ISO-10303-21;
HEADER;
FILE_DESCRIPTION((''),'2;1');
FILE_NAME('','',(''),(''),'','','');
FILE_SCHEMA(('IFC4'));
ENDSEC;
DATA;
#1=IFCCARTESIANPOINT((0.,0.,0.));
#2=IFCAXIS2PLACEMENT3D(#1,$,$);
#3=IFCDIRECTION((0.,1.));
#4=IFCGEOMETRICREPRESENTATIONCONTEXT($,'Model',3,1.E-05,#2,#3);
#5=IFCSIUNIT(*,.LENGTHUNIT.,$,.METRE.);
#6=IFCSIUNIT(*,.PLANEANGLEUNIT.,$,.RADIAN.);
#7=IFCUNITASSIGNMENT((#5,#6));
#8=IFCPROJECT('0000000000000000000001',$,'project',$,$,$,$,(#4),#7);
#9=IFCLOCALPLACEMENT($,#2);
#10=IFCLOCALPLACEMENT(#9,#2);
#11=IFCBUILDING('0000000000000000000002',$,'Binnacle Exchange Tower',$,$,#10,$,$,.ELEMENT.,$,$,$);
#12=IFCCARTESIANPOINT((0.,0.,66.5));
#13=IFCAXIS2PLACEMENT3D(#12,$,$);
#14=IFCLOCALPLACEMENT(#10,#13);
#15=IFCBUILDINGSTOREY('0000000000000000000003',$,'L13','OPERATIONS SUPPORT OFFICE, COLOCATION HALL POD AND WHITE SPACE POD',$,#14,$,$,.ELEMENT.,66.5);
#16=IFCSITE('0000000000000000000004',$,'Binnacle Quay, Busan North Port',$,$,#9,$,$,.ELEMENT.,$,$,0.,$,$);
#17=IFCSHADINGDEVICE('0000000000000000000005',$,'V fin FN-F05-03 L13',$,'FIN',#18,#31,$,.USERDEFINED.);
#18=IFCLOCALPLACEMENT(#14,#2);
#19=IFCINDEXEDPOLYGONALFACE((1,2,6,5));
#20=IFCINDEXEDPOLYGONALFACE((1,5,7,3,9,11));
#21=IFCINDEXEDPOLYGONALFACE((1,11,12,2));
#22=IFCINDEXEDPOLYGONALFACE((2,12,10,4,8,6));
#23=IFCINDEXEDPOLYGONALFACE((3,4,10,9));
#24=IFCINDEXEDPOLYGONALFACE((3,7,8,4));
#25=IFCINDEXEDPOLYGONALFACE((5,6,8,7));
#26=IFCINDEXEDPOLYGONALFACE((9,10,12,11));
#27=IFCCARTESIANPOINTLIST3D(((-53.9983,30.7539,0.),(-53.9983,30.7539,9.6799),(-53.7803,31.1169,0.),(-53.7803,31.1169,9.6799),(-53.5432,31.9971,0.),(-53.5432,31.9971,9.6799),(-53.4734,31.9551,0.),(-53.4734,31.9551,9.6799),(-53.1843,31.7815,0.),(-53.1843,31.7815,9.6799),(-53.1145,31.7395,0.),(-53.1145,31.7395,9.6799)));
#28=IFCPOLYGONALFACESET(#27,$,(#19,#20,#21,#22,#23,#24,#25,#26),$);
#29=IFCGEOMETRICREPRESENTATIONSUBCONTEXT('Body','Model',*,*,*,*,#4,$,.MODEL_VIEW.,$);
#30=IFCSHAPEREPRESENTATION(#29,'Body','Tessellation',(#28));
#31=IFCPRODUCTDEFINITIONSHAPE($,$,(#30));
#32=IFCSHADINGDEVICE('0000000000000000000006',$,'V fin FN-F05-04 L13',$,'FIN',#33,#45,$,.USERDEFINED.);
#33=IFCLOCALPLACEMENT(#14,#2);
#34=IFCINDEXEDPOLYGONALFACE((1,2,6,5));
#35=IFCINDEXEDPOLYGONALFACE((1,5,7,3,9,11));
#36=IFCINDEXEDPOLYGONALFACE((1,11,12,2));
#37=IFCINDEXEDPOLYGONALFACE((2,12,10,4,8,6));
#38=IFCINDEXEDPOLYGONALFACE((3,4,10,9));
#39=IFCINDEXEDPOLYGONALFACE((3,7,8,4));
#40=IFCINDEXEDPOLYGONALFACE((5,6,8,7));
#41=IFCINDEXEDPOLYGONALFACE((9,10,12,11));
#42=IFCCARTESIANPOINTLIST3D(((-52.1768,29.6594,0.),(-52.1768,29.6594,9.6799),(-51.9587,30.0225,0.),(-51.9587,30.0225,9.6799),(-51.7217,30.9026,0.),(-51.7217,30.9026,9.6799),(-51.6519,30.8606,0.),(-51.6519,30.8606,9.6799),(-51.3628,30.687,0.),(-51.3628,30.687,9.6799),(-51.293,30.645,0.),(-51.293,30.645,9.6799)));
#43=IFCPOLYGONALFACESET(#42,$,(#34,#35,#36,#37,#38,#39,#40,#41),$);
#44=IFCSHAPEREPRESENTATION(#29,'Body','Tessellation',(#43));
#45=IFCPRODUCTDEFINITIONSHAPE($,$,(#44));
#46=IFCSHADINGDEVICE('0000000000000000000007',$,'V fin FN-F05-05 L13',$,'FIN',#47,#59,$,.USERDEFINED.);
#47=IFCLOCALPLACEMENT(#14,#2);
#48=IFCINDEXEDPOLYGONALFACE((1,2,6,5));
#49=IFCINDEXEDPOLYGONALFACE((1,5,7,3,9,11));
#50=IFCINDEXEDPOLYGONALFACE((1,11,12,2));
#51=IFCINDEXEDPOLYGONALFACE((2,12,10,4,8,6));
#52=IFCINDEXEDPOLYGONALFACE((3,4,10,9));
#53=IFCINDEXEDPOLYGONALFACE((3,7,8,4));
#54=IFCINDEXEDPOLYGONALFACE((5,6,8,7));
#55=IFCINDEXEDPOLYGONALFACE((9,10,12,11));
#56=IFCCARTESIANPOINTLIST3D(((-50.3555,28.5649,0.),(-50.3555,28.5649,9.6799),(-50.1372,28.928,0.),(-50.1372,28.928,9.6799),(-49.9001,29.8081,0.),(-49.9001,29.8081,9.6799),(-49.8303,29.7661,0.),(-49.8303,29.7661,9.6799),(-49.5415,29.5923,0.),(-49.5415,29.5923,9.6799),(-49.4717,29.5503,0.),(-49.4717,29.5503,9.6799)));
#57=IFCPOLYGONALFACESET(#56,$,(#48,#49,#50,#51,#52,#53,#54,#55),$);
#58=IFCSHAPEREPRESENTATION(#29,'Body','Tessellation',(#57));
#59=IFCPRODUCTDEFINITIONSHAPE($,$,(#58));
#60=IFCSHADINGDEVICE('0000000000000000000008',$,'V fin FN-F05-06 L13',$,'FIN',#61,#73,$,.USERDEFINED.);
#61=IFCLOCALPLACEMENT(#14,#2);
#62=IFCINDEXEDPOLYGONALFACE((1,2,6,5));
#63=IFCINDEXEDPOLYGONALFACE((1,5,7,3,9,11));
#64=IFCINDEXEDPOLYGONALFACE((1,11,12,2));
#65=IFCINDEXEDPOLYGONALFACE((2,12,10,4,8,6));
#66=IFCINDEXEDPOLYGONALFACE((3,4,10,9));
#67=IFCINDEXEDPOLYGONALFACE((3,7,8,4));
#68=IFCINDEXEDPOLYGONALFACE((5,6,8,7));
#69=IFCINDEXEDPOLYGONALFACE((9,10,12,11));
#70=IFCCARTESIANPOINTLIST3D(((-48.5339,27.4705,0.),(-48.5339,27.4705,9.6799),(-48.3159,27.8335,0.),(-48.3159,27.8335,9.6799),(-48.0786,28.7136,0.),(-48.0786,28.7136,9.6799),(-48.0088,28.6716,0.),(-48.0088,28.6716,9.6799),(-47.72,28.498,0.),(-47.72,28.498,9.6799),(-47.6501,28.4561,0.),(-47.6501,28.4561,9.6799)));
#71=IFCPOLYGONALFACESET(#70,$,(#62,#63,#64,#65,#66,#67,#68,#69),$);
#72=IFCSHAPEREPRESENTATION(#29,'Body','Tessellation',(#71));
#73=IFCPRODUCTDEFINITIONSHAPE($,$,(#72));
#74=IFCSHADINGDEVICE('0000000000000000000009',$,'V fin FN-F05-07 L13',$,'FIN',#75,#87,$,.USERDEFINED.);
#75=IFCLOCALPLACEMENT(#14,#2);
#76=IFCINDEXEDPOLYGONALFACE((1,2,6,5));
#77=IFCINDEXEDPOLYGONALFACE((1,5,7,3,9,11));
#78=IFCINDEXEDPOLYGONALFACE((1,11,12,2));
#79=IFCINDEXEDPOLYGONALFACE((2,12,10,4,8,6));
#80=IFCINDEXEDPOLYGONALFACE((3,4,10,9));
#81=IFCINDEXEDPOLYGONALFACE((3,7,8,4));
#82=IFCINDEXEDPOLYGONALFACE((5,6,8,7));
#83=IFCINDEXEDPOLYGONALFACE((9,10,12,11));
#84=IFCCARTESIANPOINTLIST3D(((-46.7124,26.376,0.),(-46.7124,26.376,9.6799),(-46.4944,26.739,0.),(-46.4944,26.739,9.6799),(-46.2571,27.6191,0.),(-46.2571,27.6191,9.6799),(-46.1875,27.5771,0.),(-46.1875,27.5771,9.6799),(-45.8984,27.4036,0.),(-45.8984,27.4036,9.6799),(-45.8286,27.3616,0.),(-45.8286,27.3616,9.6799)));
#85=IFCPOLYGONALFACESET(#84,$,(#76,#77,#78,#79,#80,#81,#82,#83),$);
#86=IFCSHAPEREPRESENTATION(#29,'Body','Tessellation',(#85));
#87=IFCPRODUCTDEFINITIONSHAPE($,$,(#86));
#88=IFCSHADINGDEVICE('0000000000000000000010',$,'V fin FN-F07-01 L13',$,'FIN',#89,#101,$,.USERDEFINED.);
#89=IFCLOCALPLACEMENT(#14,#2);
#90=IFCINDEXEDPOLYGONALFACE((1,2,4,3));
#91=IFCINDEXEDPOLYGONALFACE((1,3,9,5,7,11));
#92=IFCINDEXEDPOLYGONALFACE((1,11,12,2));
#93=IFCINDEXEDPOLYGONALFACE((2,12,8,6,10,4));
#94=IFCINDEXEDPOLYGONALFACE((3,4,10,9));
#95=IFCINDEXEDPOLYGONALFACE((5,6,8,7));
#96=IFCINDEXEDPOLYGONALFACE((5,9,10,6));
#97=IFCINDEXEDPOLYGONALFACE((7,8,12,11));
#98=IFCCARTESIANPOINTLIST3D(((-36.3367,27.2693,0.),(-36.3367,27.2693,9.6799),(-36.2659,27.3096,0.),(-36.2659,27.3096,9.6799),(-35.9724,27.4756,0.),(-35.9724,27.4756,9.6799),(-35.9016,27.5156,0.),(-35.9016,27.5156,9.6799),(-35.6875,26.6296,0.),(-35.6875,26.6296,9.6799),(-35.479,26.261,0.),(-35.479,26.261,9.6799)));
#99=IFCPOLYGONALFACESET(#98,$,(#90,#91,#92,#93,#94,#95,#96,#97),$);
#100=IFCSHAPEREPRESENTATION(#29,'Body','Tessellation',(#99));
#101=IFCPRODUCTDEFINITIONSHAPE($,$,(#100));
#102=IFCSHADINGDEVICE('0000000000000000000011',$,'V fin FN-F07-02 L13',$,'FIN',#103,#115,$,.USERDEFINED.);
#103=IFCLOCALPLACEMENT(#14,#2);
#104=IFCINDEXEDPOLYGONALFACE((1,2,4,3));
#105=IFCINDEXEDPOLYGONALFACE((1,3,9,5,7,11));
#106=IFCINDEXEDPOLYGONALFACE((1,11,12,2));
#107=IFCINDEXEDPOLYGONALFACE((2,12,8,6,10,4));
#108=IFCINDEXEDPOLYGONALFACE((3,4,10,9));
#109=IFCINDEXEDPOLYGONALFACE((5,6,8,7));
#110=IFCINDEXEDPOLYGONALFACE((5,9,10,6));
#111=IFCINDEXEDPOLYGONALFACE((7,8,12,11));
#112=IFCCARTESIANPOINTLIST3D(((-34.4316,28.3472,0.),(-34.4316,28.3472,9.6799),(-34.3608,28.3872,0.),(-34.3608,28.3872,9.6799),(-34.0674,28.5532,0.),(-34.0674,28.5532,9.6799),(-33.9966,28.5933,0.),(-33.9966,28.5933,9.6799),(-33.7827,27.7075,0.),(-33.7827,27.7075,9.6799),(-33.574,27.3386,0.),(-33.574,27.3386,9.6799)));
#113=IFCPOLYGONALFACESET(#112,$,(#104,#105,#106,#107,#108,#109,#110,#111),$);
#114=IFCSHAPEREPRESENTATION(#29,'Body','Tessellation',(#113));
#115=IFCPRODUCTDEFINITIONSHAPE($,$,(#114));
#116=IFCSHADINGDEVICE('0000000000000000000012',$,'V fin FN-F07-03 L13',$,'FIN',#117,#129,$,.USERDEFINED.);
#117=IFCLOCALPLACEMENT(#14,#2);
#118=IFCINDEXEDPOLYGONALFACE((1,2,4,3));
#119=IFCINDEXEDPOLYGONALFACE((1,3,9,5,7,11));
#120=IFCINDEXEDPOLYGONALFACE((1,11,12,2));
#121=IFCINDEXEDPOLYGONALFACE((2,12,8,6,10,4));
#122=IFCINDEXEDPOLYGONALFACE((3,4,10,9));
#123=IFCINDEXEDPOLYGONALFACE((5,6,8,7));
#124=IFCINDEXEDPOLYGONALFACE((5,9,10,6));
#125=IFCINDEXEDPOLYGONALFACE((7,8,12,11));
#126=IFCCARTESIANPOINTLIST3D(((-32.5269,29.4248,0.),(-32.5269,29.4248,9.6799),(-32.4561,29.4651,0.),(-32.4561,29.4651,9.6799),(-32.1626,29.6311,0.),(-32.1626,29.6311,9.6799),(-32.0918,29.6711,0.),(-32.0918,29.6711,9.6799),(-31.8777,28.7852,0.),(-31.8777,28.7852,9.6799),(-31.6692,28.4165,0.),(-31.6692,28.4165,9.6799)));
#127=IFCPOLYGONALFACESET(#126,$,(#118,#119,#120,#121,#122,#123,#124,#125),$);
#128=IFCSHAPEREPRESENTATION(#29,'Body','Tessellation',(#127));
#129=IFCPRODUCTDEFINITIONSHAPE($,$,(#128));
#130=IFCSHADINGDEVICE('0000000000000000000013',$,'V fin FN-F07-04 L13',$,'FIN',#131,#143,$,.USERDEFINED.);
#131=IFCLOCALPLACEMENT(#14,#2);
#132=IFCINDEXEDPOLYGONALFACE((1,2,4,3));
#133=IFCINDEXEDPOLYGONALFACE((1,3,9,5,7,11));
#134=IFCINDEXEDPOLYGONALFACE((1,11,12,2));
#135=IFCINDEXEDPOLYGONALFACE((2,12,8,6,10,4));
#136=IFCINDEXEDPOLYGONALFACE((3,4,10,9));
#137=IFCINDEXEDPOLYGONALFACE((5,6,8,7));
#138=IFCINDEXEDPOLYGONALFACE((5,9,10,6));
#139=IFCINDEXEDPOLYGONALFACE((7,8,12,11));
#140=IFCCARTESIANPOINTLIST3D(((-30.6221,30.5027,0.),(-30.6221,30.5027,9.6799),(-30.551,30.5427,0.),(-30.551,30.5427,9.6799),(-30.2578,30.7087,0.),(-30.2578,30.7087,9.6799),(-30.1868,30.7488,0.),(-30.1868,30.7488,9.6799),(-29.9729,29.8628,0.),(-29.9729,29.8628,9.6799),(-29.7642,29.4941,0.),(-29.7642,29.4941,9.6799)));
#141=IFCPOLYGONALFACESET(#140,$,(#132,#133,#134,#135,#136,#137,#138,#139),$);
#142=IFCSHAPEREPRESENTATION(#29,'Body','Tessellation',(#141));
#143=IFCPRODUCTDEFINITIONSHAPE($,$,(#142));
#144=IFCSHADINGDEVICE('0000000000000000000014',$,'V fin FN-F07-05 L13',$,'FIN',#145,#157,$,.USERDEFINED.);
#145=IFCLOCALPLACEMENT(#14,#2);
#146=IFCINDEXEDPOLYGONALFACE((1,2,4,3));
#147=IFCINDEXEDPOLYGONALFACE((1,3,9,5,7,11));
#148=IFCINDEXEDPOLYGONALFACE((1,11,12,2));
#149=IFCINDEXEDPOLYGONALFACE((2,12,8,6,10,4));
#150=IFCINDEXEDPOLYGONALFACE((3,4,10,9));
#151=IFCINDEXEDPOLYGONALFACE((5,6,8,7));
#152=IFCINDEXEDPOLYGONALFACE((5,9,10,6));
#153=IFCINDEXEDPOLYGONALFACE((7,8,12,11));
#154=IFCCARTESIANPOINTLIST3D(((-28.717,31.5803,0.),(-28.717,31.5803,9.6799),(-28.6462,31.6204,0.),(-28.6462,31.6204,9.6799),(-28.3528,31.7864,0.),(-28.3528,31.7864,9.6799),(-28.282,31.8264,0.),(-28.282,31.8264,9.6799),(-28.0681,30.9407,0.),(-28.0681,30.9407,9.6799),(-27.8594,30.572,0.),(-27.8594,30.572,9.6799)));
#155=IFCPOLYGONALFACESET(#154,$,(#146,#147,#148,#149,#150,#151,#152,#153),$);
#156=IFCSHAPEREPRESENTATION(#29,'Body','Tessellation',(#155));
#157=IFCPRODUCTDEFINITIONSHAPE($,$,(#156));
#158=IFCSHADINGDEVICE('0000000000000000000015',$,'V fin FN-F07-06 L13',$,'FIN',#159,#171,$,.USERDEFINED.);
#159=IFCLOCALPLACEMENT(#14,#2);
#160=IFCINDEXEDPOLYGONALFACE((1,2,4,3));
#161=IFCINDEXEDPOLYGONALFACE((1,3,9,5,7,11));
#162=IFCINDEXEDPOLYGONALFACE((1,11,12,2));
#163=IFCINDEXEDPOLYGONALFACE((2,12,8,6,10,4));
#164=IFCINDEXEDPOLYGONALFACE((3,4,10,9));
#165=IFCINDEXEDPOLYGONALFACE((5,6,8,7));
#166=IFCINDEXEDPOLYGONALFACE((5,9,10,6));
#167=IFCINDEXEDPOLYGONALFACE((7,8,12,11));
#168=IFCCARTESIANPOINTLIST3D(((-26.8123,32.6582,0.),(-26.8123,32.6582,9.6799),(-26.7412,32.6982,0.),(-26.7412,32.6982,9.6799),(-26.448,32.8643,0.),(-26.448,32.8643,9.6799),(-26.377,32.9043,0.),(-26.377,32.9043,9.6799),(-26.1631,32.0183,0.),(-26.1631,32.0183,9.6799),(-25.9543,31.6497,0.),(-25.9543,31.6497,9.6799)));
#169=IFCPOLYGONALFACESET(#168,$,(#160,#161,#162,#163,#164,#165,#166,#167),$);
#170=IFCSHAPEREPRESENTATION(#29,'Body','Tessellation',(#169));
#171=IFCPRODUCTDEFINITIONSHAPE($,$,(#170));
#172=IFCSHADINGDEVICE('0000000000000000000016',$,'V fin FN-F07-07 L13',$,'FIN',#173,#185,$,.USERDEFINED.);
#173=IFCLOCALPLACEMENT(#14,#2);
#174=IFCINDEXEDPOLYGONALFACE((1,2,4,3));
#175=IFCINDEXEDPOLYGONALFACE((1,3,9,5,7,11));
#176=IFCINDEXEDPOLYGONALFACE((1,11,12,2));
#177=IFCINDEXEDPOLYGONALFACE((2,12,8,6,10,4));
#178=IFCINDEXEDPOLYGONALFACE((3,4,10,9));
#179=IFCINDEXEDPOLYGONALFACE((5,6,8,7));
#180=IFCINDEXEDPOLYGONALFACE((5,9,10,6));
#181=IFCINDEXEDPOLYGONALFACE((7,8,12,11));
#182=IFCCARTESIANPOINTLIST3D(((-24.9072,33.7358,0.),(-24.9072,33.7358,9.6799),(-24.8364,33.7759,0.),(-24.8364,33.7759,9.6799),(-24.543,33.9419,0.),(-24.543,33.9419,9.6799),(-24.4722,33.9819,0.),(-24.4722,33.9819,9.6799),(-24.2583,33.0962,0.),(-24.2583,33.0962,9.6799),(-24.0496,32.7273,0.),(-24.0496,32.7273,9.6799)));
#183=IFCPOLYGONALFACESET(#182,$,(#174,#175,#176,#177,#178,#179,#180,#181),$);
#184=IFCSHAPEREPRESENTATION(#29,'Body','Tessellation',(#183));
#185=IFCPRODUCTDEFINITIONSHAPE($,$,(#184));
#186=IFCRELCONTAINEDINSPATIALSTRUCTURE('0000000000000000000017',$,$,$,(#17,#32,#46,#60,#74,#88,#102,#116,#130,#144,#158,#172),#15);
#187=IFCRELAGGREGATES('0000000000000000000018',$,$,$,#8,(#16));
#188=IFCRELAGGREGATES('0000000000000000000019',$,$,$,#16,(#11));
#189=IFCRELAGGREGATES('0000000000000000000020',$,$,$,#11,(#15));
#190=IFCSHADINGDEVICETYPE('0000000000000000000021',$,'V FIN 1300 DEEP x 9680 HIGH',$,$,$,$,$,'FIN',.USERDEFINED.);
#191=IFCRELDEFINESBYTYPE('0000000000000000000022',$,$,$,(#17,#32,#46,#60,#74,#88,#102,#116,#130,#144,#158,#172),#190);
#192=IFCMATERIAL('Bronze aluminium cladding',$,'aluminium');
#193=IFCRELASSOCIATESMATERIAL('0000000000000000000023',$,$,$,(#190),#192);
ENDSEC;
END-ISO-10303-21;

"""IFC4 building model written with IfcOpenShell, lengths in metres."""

from ifc_helpers import new_model, si_unit, direction, frame, origin, place, context, subcontext, project, spatial, polyline, outline, extrude, material, type_object, element, save


model = new_model("IFC4")

# Units and contexts
model_context = context("Model", 3, precision=1e-05, world=origin(), true_north=direction((0.0, 1.0)))
body_context = subcontext(model_context, "Body", "Model", "MODEL_VIEW")
ifc_project = project(units=[si_unit("LENGTHUNIT", "METRE"), si_unit("PLANEANGLEUNIT", "RADIAN")], contexts=[model_context])

# Site, building, storey
site_placement = place(None, origin())
site = spatial("IfcSite", under=ifc_project, at=site_placement, Name="Binnacle Quay, Busan North Port", CompositionType="ELEMENT", RefElevation=0.0)
building_placement = place(site_placement, origin())
building = spatial("IfcBuilding", under=site, at=building_placement, Name="Binnacle Exchange Tower", CompositionType="ELEMENT")
storey_placement = place(building_placement, frame((0.0, 0.0, 66.5)))
storey = spatial("IfcBuildingStorey", under=building, at=storey_placement, Name="L13", Description="OPERATIONS SUPPORT OFFICE, COLOCATION HALL POD AND WHITE SPACE POD", CompositionType="ELEMENT", Elevation=66.5)

# Shading devices
ifc_material = material(Name="Bronze aluminium cladding", Category="aluminium")
shading_device_type = type_object("IfcShadingDeviceType", Name="V FIN 1300 DEEP x 9680 HIGH", ElementType="FIN", PredefinedType="USERDEFINED", material=ifc_material)
shading_device_1_placement = place(storey_placement, origin())
element("IfcShadingDevice", 1, at=shading_device_1_placement, inside=storey, type_object=shading_device_type, Name="V fin FN-F05-03 L13", ObjectType="FIN", PredefinedType="USERDEFINED", context=body_context, shape_type="SweptSolid", body=[
    extrude(outline(polyline([(-53.5432, 31.9971), (-53.9983, 30.7539), (-53.1145, 31.7395), (-53.1843, 31.7815), (-53.7803, 31.1169), (-53.4734, 31.9551), (-53.5432, 31.9971)])), origin(), (0.0, 0.0, 1.0), 9.6799),
])
shading_device_2_placement = place(storey_placement, origin())
element("IfcShadingDevice", 2, at=shading_device_2_placement, inside=storey, type_object=shading_device_type, Name="V fin FN-F05-04 L13", ObjectType="FIN", PredefinedType="USERDEFINED", context=body_context, shape_type="SweptSolid", body=[
    extrude(outline(polyline([(-51.7217, 30.9026), (-52.1768, 29.6594), (-51.293, 30.645), (-51.3628, 30.687), (-51.9587, 30.0225), (-51.6519, 30.8606), (-51.7217, 30.9026)])), origin(), (0.0, 0.0, 1.0), 9.6799),
])
shading_device_3_placement = place(storey_placement, origin())
element("IfcShadingDevice", 3, at=shading_device_3_placement, inside=storey, type_object=shading_device_type, Name="V fin FN-F05-05 L13", ObjectType="FIN", PredefinedType="USERDEFINED", context=body_context, shape_type="SweptSolid", body=[
    extrude(outline(polyline([(-49.9001, 29.8081), (-50.3555, 28.5649), (-49.4717, 29.5503), (-49.5415, 29.5923), (-50.1372, 28.928), (-49.8303, 29.7661), (-49.9001, 29.8081)])), origin(), (0.0, 0.0, 1.0), 9.6799),
])
shading_device_4_placement = place(storey_placement, origin())
element("IfcShadingDevice", 4, at=shading_device_4_placement, inside=storey, type_object=shading_device_type, Name="V fin FN-F05-06 L13", ObjectType="FIN", PredefinedType="USERDEFINED", context=body_context, shape_type="SweptSolid", body=[
    extrude(outline(polyline([(-48.0786, 28.7136), (-48.5339, 27.4705), (-47.6501, 28.4561), (-47.72, 28.498), (-48.3159, 27.8335), (-48.0088, 28.6716), (-48.0786, 28.7136)])), origin(), (0.0, 0.0, 1.0), 9.6799),
])
shading_device_5_placement = place(storey_placement, origin())
element("IfcShadingDevice", 5, at=shading_device_5_placement, inside=storey, type_object=shading_device_type, Name="V fin FN-F05-07 L13", ObjectType="FIN", PredefinedType="USERDEFINED", context=body_context, shape_type="SweptSolid", body=[
    extrude(outline(polyline([(-46.2571, 27.6191), (-46.7124, 26.376), (-45.8286, 27.3616), (-45.8984, 27.4036), (-46.4944, 26.739), (-46.1875, 27.5771), (-46.2571, 27.6191)])), origin(), (0.0, 0.0, 1.0), 9.6799),
])
shading_device_6_placement = place(storey_placement, origin())
element("IfcShadingDevice", 6, at=shading_device_6_placement, inside=storey, type_object=shading_device_type, Name="V fin FN-F07-01 L13", ObjectType="FIN", PredefinedType="USERDEFINED", context=body_context, shape_type="SweptSolid", body=[
    extrude(outline(polyline([(-36.3367, 27.2693), (-35.479, 26.261), (-35.9016, 27.5156), (-35.9724, 27.4756), (-35.6875, 26.6296), (-36.2659, 27.3096), (-36.3367, 27.2693)])), origin(), (0.0, 0.0, 1.0), 9.6799),
])
shading_device_7_placement = place(storey_placement, origin())
element("IfcShadingDevice", 7, at=shading_device_7_placement, inside=storey, type_object=shading_device_type, Name="V fin FN-F07-02 L13", ObjectType="FIN", PredefinedType="USERDEFINED", context=body_context, shape_type="SweptSolid", body=[
    extrude(outline(polyline([(-34.4316, 28.3472), (-33.574, 27.3386), (-33.9966, 28.5933), (-34.0674, 28.5532), (-33.7827, 27.7075), (-34.3608, 28.3872), (-34.4316, 28.3472)])), origin(), (0.0, 0.0, 1.0), 9.6799),
])
shading_device_8_placement = place(storey_placement, origin())
element("IfcShadingDevice", 8, at=shading_device_8_placement, inside=storey, type_object=shading_device_type, Name="V fin FN-F07-03 L13", ObjectType="FIN", PredefinedType="USERDEFINED", context=body_context, shape_type="SweptSolid", body=[
    extrude(outline(polyline([(-32.5269, 29.4248), (-31.6692, 28.4165), (-32.0918, 29.6711), (-32.1626, 29.6311), (-31.8777, 28.7852), (-32.4561, 29.4651), (-32.5269, 29.4248)])), origin(), (0.0, 0.0, 1.0), 9.6799),
])
shading_device_9_placement = place(storey_placement, origin())
element("IfcShadingDevice", 9, at=shading_device_9_placement, inside=storey, type_object=shading_device_type, Name="V fin FN-F07-04 L13", ObjectType="FIN", PredefinedType="USERDEFINED", context=body_context, shape_type="SweptSolid", body=[
    extrude(outline(polyline([(-30.6221, 30.5027), (-29.7642, 29.4941), (-30.1868, 30.7488), (-30.2578, 30.7087), (-29.9729, 29.8628), (-30.551, 30.5427), (-30.6221, 30.5027)])), origin(), (0.0, 0.0, 1.0), 9.6799),
])
shading_device_10_placement = place(storey_placement, origin())
element("IfcShadingDevice", 10, at=shading_device_10_placement, inside=storey, type_object=shading_device_type, Name="V fin FN-F07-05 L13", ObjectType="FIN", PredefinedType="USERDEFINED", context=body_context, shape_type="SweptSolid", body=[
    extrude(outline(polyline([(-28.717, 31.5803), (-27.8594, 30.572), (-28.282, 31.8264), (-28.3528, 31.7864), (-28.0681, 30.9407), (-28.6462, 31.6204), (-28.717, 31.5803)])), origin(), (0.0, 0.0, 1.0), 9.6799),
])
shading_device_11_placement = place(storey_placement, origin())
element("IfcShadingDevice", 11, at=shading_device_11_placement, inside=storey, type_object=shading_device_type, Name="V fin FN-F07-06 L13", ObjectType="FIN", PredefinedType="USERDEFINED", context=body_context, shape_type="SweptSolid", body=[
    extrude(outline(polyline([(-26.8123, 32.6582), (-25.9543, 31.6497), (-26.377, 32.9043), (-26.448, 32.8643), (-26.1631, 32.0183), (-26.7412, 32.6982), (-26.8123, 32.6582)])), origin(), (0.0, 0.0, 1.0), 9.6799),
])
shading_device_12_placement = place(storey_placement, origin())
element("IfcShadingDevice", 12, at=shading_device_12_placement, inside=storey, type_object=shading_device_type, Name="V fin FN-F07-07 L13", ObjectType="FIN", PredefinedType="USERDEFINED", context=body_context, shape_type="SweptSolid", body=[
    extrude(outline(polyline([(-24.9072, 33.7358), (-24.0496, 32.7273), (-24.4722, 33.9819), (-24.543, 33.9419), (-24.2583, 33.0962), (-24.8364, 33.7759), (-24.9072, 33.7358)])), origin(), (0.0, 0.0, 1.0), 9.6799),
])

save(model, "model.ifc")
